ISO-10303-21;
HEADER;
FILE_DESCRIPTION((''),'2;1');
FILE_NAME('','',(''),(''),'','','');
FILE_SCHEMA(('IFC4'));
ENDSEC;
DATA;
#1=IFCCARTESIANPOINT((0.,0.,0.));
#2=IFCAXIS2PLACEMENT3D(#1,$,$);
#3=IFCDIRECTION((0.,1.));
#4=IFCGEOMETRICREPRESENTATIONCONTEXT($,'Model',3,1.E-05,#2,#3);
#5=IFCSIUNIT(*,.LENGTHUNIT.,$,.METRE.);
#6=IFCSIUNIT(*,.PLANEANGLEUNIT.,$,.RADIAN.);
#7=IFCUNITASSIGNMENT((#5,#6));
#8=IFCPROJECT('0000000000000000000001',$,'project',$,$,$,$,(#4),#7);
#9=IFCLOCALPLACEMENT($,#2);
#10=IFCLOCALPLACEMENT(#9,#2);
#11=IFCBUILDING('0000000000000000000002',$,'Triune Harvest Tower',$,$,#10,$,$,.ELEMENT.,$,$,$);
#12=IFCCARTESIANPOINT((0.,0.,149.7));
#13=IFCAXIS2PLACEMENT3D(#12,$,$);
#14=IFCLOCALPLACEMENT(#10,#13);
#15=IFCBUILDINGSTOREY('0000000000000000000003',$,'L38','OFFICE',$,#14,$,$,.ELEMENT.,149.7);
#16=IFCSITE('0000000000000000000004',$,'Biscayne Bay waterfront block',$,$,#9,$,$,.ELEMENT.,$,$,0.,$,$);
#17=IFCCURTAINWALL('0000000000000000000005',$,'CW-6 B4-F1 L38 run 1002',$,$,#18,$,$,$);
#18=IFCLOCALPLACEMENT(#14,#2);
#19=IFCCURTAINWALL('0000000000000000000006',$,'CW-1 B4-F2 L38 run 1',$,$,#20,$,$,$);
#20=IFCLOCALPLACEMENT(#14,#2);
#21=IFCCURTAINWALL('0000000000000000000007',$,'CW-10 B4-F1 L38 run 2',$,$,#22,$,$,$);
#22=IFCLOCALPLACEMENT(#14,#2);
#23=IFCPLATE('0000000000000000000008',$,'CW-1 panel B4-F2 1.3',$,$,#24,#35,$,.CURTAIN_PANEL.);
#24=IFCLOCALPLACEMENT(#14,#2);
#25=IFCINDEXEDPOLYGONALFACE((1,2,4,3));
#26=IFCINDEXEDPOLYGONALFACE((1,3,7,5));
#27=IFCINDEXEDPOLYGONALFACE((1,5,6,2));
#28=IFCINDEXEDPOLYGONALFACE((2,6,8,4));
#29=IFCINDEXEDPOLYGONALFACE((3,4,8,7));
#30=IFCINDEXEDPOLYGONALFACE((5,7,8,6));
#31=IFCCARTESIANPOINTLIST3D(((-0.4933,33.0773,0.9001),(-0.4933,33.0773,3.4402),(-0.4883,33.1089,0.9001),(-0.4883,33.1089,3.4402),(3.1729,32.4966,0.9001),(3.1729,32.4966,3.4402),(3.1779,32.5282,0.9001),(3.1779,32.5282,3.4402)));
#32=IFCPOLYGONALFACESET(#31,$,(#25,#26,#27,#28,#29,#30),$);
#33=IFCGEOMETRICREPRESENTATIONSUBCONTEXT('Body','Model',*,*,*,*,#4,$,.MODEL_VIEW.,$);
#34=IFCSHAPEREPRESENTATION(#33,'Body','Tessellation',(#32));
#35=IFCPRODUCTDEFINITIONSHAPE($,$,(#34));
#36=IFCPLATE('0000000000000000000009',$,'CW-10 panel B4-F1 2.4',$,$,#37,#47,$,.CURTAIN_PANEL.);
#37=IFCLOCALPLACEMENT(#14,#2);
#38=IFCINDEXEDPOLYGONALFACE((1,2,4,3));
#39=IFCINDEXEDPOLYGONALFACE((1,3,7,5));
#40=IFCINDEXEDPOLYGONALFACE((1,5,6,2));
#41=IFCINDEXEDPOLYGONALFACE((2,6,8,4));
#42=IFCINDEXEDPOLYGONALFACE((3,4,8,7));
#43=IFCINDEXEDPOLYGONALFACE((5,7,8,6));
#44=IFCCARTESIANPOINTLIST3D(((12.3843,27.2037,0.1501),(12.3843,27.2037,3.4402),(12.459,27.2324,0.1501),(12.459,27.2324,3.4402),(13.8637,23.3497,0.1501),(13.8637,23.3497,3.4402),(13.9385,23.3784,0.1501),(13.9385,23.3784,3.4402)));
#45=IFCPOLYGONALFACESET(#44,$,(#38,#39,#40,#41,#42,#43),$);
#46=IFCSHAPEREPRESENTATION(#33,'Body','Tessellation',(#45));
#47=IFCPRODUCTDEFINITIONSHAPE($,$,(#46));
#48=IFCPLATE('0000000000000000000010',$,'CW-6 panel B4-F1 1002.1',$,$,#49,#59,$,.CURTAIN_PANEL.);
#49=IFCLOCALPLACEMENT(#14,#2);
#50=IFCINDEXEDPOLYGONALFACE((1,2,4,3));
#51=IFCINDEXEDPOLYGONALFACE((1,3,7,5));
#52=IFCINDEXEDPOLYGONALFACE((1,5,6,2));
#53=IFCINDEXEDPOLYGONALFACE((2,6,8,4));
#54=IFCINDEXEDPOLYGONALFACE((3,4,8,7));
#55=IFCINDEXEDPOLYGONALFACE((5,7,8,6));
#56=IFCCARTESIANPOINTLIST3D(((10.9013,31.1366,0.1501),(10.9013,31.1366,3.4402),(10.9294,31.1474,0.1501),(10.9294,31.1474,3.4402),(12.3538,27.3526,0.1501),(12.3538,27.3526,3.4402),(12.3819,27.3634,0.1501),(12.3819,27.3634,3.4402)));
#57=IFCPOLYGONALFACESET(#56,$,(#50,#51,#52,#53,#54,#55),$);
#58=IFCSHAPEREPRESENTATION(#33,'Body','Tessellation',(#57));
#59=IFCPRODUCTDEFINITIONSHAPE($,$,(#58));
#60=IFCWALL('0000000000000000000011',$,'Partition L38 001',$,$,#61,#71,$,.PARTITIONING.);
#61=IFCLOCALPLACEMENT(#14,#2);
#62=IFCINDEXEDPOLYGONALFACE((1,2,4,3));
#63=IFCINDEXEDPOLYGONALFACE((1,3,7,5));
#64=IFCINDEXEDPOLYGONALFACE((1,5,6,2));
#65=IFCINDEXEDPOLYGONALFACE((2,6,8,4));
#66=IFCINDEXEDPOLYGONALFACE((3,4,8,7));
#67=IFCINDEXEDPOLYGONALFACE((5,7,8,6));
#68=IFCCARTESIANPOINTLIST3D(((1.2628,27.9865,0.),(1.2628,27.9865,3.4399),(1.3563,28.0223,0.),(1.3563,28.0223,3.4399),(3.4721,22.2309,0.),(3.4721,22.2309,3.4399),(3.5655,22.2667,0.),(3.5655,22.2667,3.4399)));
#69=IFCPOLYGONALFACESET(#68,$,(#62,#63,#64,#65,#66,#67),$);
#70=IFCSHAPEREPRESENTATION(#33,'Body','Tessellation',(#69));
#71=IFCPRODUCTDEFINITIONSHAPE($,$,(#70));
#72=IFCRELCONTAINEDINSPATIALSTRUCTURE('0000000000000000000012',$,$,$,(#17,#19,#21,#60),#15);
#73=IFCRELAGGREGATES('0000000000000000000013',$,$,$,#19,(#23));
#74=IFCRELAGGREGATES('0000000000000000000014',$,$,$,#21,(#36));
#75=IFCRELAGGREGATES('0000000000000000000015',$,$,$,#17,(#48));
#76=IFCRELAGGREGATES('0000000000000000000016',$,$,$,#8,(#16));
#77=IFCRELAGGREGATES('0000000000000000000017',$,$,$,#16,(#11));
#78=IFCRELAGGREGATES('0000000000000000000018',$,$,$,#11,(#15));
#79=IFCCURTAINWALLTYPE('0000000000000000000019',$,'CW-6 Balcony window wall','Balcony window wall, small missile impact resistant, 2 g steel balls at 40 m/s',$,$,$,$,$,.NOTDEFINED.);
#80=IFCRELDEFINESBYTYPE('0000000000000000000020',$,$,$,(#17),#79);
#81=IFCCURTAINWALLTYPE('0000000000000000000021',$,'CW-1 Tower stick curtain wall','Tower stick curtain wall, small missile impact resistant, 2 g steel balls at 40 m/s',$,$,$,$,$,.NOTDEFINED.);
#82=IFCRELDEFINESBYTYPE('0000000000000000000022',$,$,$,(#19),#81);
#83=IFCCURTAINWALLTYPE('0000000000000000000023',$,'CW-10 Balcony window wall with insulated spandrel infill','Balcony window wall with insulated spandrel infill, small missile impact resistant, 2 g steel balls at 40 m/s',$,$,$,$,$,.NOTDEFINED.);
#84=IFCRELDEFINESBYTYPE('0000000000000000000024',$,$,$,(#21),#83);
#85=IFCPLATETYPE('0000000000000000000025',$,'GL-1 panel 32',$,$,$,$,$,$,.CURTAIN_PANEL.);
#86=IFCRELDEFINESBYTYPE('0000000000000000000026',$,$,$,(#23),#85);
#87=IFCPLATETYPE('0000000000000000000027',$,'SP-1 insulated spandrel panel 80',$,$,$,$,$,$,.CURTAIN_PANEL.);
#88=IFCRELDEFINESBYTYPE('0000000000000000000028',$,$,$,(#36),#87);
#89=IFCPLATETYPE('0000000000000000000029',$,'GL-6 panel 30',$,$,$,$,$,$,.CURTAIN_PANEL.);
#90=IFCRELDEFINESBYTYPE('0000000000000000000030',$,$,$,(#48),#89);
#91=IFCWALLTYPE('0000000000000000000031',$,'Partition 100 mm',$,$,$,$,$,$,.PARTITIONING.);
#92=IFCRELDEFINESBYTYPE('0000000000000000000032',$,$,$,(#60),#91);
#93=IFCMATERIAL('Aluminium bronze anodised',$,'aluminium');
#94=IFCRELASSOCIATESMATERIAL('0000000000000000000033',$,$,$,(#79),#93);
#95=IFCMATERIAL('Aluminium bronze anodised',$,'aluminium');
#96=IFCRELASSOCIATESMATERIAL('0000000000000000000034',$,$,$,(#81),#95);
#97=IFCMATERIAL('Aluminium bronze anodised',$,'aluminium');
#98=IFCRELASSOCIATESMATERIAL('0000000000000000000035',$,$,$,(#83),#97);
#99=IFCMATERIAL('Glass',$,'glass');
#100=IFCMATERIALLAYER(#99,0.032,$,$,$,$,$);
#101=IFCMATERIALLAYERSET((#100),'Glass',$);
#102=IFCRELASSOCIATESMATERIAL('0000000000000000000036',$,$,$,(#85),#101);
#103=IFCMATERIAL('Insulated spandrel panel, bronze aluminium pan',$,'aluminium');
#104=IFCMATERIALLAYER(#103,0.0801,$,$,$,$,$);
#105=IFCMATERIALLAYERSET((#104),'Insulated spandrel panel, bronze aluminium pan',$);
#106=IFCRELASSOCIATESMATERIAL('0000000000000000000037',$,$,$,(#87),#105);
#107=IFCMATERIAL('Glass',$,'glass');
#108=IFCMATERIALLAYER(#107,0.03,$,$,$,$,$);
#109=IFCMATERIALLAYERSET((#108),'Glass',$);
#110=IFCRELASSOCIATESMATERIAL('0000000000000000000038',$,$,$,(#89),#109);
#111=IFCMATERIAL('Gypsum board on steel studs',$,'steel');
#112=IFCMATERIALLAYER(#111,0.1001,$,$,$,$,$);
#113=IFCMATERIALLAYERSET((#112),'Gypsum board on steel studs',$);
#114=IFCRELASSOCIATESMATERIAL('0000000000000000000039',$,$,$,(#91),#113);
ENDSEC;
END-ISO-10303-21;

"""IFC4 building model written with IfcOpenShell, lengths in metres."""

from ifc_helpers import new_model, si_unit, direction, frame, frame_2d, origin, origin_2d, place, context, subcontext, project, spatial, rectangle, extrude, source, transform, mapped, material, layer, layer_set, type_object, element, aggregate, save


model = new_model("IFC4")

# Units and contexts
model_context = context("Model", 3, precision=1e-05, world=origin(), true_north=direction((0.0, 1.0)))
body_context = subcontext(model_context, "Body", "Model", "MODEL_VIEW")
ifc_project = project(units=[si_unit("LENGTHUNIT", "METRE"), si_unit("PLANEANGLEUNIT", "RADIAN")], contexts=[model_context])

# Site, building, storey
site_placement = place(None, origin())
site = spatial("IfcSite", under=ifc_project, at=site_placement, Name="Biscayne Bay waterfront block", CompositionType="ELEMENT", RefElevation=0.0)
building_placement = place(site_placement, origin())
building = spatial("IfcBuilding", under=site, at=building_placement, Name="Triune Harvest Tower", CompositionType="ELEMENT")
storey_placement = place(building_placement, frame((0.0, 0.0, 149.7)))
storey = spatial("IfcBuildingStorey", under=building, at=storey_placement, Name="L38", Description="OFFICE", CompositionType="ELEMENT", Elevation=149.7)

# Curtain wall
ifc_material_1 = material(Name="Aluminium bronze anodised", Category="aluminium")
curtain_wall_type_1 = type_object("IfcCurtainWallType", Name="CW-6 Balcony window wall", Description="Balcony window wall, small missile impact resistant, 2 g steel balls at 40 m/s", PredefinedType="NOTDEFINED", material=ifc_material_1)
curtain_wall_1_placement = place(storey_placement, origin())
curtain_wall_1 = element("IfcCurtainWall", 1, at=curtain_wall_1_placement, inside=storey, type_object=curtain_wall_type_1, Name="CW-6 B4-F1 L38 run 1002")

# Curtain wall
ifc_material_2 = material(Name="Aluminium bronze anodised", Category="aluminium")
curtain_wall_type_2 = type_object("IfcCurtainWallType", Name="CW-1 Tower stick curtain wall", Description="Tower stick curtain wall, small missile impact resistant, 2 g steel balls at 40 m/s", PredefinedType="NOTDEFINED", material=ifc_material_2)
curtain_wall_2_placement = place(storey_placement, origin())
curtain_wall_2 = element("IfcCurtainWall", 2, at=curtain_wall_2_placement, inside=storey, type_object=curtain_wall_type_2, Name="CW-1 B4-F2 L38 run 1")

# Curtain wall
ifc_material_3 = material(Name="Aluminium bronze anodised", Category="aluminium")
curtain_wall_type_3 = type_object("IfcCurtainWallType", Name="CW-10 Balcony window wall with insulated spandrel infill", Description="Balcony window wall with insulated spandrel infill, small missile impact resistant, 2 g steel balls at 40 m/s", PredefinedType="NOTDEFINED", material=ifc_material_3)
curtain_wall_3_placement = place(storey_placement, origin())
curtain_wall_3 = element("IfcCurtainWall", 3, at=curtain_wall_3_placement, inside=storey, type_object=curtain_wall_type_3, Name="CW-10 B4-F1 L38 run 2")

# Plates
ifc_material_4 = material(Name="Glass", Category="glass")
ifc_layer_1 = layer(ifc_material_4, 0.032)
ifc_layer_set_1 = layer_set([ifc_layer_1], Name="Glass")
plate_type_1 = type_object("IfcPlateType", Name="GL-1 panel 32", PredefinedType="CURTAIN_PANEL", material=ifc_layer_set_1)
shared_shape_1 = source(origin(), body_context, "Body", "SweptSolid", [
    extrude(rectangle(XDim=3.7119, YDim=0.032, at=origin_2d()), origin(), (0.0, 0.0, 1.0), 2.54),
])
plate_1_placement = place(storey_placement, frame((1.3423, 32.8027, 0.9001), z_axis=(0.0, 0.0, 1.0), x_axis=(-0.987689, 0.156433, 0.0)))
plate_1 = element("IfcPlate", 4, at=plate_1_placement, type_object=plate_type_1, Name="CW-1 panel B4-F2 1.3", PredefinedType="CURTAIN_PANEL", context=body_context, shape_type="MappedRepresentation", body=[
    mapped(shared_shape_1, transform((0.0, 0.0, 0.0), scale=1.0)),
])
aggregate(curtain_wall_2, [plate_1])
ifc_material_5 = material(Name="Insulated spandrel panel, bronze aluminium pan", Category="aluminium")
ifc_layer_2 = layer(ifc_material_5, 0.0801)
ifc_layer_set_2 = layer_set([ifc_layer_2], Name="Insulated spandrel panel, bronze aluminium pan")
plate_type_2 = type_object("IfcPlateType", Name="SP-1 insulated spandrel panel 80", PredefinedType="CURTAIN_PANEL", material=ifc_layer_set_2)
shared_shape_2 = source(origin(), body_context, "Body", "SweptSolid", [
    extrude(rectangle(XDim=4.1282, YDim=0.0801, at=origin_2d()), origin(), (0.0, 0.0, 1.0), 3.29),
])
plate_2_placement = place(storey_placement, frame((13.1614, 25.291, 0.1501), z_axis=(0.0, 0.0, 1.0), x_axis=(-0.358371, 0.933579, 0.0)))
plate_2 = element("IfcPlate", 5, at=plate_2_placement, type_object=plate_type_2, Name="CW-10 panel B4-F1 2.4", PredefinedType="CURTAIN_PANEL", context=body_context, shape_type="MappedRepresentation", body=[
    mapped(shared_shape_2, transform((0.0, 0.0, 0.0), scale=1.0)),
])
aggregate(curtain_wall_3, [plate_2])
ifc_material_6 = material(Name="Glass", Category="glass")
ifc_layer_3 = layer(ifc_material_6, 0.03)
ifc_layer_set_3 = layer_set([ifc_layer_3], Name="Glass")
plate_type_3 = type_object("IfcPlateType", Name="GL-6 panel 30", PredefinedType="CURTAIN_PANEL", material=ifc_layer_set_3)
shared_shape_3 = source(origin(), body_context, "Body", "SweptSolid", [
    extrude(rectangle(XDim=4.0532, YDim=0.03, at=origin_2d()), origin(), (0.0, 0.0, 1.0), 3.29),
])
plate_3_placement = place(storey_placement, frame((11.6416, 29.25, 0.1501), z_axis=(0.0, 0.0, 1.0), x_axis=(-0.358362, 0.933583, 0.0)))
plate_3 = element("IfcPlate", 6, at=plate_3_placement, type_object=plate_type_3, Name="CW-6 panel B4-F1 1002.1", PredefinedType="CURTAIN_PANEL", context=body_context, shape_type="MappedRepresentation", body=[
    mapped(shared_shape_3, transform((0.0, 0.0, 0.0), scale=1.0)),
])
aggregate(curtain_wall_1, [plate_3])

# Wall
ifc_material_7 = material(Name="Gypsum board on steel studs", Category="steel")
ifc_layer_4 = layer(ifc_material_7, 0.1001)
ifc_layer_set_4 = layer_set([ifc_layer_4], Name="Gypsum board on steel studs")
wall_type = type_object("IfcWallType", Name="Partition 100 mm", PredefinedType="PARTITIONING", material=ifc_layer_set_4)
shared_shape_4 = source(origin(), body_context, "Body", "SweptSolid", [
    extrude(rectangle(XDim=6.165, YDim=0.1001, at=frame_2d((3.0825, 0.0))), origin(), (0.0, 0.0, 1.0), 3.4399),
])
wall_placement = place(storey_placement, frame((1.3096, 28.0044, 0.0), z_axis=(0.0, 0.0, 1.0), x_axis=(0.358347, -0.933588, 0.0)))
element("IfcWall", 7, at=wall_placement, inside=storey, type_object=wall_type, Name="Partition L38 001", PredefinedType="PARTITIONING", context=body_context, shape_type="MappedRepresentation", body=[
    mapped(shared_shape_4, transform((0.0, 0.0, 0.0), scale=1.0)),
])

save(model, "model.ifc")
